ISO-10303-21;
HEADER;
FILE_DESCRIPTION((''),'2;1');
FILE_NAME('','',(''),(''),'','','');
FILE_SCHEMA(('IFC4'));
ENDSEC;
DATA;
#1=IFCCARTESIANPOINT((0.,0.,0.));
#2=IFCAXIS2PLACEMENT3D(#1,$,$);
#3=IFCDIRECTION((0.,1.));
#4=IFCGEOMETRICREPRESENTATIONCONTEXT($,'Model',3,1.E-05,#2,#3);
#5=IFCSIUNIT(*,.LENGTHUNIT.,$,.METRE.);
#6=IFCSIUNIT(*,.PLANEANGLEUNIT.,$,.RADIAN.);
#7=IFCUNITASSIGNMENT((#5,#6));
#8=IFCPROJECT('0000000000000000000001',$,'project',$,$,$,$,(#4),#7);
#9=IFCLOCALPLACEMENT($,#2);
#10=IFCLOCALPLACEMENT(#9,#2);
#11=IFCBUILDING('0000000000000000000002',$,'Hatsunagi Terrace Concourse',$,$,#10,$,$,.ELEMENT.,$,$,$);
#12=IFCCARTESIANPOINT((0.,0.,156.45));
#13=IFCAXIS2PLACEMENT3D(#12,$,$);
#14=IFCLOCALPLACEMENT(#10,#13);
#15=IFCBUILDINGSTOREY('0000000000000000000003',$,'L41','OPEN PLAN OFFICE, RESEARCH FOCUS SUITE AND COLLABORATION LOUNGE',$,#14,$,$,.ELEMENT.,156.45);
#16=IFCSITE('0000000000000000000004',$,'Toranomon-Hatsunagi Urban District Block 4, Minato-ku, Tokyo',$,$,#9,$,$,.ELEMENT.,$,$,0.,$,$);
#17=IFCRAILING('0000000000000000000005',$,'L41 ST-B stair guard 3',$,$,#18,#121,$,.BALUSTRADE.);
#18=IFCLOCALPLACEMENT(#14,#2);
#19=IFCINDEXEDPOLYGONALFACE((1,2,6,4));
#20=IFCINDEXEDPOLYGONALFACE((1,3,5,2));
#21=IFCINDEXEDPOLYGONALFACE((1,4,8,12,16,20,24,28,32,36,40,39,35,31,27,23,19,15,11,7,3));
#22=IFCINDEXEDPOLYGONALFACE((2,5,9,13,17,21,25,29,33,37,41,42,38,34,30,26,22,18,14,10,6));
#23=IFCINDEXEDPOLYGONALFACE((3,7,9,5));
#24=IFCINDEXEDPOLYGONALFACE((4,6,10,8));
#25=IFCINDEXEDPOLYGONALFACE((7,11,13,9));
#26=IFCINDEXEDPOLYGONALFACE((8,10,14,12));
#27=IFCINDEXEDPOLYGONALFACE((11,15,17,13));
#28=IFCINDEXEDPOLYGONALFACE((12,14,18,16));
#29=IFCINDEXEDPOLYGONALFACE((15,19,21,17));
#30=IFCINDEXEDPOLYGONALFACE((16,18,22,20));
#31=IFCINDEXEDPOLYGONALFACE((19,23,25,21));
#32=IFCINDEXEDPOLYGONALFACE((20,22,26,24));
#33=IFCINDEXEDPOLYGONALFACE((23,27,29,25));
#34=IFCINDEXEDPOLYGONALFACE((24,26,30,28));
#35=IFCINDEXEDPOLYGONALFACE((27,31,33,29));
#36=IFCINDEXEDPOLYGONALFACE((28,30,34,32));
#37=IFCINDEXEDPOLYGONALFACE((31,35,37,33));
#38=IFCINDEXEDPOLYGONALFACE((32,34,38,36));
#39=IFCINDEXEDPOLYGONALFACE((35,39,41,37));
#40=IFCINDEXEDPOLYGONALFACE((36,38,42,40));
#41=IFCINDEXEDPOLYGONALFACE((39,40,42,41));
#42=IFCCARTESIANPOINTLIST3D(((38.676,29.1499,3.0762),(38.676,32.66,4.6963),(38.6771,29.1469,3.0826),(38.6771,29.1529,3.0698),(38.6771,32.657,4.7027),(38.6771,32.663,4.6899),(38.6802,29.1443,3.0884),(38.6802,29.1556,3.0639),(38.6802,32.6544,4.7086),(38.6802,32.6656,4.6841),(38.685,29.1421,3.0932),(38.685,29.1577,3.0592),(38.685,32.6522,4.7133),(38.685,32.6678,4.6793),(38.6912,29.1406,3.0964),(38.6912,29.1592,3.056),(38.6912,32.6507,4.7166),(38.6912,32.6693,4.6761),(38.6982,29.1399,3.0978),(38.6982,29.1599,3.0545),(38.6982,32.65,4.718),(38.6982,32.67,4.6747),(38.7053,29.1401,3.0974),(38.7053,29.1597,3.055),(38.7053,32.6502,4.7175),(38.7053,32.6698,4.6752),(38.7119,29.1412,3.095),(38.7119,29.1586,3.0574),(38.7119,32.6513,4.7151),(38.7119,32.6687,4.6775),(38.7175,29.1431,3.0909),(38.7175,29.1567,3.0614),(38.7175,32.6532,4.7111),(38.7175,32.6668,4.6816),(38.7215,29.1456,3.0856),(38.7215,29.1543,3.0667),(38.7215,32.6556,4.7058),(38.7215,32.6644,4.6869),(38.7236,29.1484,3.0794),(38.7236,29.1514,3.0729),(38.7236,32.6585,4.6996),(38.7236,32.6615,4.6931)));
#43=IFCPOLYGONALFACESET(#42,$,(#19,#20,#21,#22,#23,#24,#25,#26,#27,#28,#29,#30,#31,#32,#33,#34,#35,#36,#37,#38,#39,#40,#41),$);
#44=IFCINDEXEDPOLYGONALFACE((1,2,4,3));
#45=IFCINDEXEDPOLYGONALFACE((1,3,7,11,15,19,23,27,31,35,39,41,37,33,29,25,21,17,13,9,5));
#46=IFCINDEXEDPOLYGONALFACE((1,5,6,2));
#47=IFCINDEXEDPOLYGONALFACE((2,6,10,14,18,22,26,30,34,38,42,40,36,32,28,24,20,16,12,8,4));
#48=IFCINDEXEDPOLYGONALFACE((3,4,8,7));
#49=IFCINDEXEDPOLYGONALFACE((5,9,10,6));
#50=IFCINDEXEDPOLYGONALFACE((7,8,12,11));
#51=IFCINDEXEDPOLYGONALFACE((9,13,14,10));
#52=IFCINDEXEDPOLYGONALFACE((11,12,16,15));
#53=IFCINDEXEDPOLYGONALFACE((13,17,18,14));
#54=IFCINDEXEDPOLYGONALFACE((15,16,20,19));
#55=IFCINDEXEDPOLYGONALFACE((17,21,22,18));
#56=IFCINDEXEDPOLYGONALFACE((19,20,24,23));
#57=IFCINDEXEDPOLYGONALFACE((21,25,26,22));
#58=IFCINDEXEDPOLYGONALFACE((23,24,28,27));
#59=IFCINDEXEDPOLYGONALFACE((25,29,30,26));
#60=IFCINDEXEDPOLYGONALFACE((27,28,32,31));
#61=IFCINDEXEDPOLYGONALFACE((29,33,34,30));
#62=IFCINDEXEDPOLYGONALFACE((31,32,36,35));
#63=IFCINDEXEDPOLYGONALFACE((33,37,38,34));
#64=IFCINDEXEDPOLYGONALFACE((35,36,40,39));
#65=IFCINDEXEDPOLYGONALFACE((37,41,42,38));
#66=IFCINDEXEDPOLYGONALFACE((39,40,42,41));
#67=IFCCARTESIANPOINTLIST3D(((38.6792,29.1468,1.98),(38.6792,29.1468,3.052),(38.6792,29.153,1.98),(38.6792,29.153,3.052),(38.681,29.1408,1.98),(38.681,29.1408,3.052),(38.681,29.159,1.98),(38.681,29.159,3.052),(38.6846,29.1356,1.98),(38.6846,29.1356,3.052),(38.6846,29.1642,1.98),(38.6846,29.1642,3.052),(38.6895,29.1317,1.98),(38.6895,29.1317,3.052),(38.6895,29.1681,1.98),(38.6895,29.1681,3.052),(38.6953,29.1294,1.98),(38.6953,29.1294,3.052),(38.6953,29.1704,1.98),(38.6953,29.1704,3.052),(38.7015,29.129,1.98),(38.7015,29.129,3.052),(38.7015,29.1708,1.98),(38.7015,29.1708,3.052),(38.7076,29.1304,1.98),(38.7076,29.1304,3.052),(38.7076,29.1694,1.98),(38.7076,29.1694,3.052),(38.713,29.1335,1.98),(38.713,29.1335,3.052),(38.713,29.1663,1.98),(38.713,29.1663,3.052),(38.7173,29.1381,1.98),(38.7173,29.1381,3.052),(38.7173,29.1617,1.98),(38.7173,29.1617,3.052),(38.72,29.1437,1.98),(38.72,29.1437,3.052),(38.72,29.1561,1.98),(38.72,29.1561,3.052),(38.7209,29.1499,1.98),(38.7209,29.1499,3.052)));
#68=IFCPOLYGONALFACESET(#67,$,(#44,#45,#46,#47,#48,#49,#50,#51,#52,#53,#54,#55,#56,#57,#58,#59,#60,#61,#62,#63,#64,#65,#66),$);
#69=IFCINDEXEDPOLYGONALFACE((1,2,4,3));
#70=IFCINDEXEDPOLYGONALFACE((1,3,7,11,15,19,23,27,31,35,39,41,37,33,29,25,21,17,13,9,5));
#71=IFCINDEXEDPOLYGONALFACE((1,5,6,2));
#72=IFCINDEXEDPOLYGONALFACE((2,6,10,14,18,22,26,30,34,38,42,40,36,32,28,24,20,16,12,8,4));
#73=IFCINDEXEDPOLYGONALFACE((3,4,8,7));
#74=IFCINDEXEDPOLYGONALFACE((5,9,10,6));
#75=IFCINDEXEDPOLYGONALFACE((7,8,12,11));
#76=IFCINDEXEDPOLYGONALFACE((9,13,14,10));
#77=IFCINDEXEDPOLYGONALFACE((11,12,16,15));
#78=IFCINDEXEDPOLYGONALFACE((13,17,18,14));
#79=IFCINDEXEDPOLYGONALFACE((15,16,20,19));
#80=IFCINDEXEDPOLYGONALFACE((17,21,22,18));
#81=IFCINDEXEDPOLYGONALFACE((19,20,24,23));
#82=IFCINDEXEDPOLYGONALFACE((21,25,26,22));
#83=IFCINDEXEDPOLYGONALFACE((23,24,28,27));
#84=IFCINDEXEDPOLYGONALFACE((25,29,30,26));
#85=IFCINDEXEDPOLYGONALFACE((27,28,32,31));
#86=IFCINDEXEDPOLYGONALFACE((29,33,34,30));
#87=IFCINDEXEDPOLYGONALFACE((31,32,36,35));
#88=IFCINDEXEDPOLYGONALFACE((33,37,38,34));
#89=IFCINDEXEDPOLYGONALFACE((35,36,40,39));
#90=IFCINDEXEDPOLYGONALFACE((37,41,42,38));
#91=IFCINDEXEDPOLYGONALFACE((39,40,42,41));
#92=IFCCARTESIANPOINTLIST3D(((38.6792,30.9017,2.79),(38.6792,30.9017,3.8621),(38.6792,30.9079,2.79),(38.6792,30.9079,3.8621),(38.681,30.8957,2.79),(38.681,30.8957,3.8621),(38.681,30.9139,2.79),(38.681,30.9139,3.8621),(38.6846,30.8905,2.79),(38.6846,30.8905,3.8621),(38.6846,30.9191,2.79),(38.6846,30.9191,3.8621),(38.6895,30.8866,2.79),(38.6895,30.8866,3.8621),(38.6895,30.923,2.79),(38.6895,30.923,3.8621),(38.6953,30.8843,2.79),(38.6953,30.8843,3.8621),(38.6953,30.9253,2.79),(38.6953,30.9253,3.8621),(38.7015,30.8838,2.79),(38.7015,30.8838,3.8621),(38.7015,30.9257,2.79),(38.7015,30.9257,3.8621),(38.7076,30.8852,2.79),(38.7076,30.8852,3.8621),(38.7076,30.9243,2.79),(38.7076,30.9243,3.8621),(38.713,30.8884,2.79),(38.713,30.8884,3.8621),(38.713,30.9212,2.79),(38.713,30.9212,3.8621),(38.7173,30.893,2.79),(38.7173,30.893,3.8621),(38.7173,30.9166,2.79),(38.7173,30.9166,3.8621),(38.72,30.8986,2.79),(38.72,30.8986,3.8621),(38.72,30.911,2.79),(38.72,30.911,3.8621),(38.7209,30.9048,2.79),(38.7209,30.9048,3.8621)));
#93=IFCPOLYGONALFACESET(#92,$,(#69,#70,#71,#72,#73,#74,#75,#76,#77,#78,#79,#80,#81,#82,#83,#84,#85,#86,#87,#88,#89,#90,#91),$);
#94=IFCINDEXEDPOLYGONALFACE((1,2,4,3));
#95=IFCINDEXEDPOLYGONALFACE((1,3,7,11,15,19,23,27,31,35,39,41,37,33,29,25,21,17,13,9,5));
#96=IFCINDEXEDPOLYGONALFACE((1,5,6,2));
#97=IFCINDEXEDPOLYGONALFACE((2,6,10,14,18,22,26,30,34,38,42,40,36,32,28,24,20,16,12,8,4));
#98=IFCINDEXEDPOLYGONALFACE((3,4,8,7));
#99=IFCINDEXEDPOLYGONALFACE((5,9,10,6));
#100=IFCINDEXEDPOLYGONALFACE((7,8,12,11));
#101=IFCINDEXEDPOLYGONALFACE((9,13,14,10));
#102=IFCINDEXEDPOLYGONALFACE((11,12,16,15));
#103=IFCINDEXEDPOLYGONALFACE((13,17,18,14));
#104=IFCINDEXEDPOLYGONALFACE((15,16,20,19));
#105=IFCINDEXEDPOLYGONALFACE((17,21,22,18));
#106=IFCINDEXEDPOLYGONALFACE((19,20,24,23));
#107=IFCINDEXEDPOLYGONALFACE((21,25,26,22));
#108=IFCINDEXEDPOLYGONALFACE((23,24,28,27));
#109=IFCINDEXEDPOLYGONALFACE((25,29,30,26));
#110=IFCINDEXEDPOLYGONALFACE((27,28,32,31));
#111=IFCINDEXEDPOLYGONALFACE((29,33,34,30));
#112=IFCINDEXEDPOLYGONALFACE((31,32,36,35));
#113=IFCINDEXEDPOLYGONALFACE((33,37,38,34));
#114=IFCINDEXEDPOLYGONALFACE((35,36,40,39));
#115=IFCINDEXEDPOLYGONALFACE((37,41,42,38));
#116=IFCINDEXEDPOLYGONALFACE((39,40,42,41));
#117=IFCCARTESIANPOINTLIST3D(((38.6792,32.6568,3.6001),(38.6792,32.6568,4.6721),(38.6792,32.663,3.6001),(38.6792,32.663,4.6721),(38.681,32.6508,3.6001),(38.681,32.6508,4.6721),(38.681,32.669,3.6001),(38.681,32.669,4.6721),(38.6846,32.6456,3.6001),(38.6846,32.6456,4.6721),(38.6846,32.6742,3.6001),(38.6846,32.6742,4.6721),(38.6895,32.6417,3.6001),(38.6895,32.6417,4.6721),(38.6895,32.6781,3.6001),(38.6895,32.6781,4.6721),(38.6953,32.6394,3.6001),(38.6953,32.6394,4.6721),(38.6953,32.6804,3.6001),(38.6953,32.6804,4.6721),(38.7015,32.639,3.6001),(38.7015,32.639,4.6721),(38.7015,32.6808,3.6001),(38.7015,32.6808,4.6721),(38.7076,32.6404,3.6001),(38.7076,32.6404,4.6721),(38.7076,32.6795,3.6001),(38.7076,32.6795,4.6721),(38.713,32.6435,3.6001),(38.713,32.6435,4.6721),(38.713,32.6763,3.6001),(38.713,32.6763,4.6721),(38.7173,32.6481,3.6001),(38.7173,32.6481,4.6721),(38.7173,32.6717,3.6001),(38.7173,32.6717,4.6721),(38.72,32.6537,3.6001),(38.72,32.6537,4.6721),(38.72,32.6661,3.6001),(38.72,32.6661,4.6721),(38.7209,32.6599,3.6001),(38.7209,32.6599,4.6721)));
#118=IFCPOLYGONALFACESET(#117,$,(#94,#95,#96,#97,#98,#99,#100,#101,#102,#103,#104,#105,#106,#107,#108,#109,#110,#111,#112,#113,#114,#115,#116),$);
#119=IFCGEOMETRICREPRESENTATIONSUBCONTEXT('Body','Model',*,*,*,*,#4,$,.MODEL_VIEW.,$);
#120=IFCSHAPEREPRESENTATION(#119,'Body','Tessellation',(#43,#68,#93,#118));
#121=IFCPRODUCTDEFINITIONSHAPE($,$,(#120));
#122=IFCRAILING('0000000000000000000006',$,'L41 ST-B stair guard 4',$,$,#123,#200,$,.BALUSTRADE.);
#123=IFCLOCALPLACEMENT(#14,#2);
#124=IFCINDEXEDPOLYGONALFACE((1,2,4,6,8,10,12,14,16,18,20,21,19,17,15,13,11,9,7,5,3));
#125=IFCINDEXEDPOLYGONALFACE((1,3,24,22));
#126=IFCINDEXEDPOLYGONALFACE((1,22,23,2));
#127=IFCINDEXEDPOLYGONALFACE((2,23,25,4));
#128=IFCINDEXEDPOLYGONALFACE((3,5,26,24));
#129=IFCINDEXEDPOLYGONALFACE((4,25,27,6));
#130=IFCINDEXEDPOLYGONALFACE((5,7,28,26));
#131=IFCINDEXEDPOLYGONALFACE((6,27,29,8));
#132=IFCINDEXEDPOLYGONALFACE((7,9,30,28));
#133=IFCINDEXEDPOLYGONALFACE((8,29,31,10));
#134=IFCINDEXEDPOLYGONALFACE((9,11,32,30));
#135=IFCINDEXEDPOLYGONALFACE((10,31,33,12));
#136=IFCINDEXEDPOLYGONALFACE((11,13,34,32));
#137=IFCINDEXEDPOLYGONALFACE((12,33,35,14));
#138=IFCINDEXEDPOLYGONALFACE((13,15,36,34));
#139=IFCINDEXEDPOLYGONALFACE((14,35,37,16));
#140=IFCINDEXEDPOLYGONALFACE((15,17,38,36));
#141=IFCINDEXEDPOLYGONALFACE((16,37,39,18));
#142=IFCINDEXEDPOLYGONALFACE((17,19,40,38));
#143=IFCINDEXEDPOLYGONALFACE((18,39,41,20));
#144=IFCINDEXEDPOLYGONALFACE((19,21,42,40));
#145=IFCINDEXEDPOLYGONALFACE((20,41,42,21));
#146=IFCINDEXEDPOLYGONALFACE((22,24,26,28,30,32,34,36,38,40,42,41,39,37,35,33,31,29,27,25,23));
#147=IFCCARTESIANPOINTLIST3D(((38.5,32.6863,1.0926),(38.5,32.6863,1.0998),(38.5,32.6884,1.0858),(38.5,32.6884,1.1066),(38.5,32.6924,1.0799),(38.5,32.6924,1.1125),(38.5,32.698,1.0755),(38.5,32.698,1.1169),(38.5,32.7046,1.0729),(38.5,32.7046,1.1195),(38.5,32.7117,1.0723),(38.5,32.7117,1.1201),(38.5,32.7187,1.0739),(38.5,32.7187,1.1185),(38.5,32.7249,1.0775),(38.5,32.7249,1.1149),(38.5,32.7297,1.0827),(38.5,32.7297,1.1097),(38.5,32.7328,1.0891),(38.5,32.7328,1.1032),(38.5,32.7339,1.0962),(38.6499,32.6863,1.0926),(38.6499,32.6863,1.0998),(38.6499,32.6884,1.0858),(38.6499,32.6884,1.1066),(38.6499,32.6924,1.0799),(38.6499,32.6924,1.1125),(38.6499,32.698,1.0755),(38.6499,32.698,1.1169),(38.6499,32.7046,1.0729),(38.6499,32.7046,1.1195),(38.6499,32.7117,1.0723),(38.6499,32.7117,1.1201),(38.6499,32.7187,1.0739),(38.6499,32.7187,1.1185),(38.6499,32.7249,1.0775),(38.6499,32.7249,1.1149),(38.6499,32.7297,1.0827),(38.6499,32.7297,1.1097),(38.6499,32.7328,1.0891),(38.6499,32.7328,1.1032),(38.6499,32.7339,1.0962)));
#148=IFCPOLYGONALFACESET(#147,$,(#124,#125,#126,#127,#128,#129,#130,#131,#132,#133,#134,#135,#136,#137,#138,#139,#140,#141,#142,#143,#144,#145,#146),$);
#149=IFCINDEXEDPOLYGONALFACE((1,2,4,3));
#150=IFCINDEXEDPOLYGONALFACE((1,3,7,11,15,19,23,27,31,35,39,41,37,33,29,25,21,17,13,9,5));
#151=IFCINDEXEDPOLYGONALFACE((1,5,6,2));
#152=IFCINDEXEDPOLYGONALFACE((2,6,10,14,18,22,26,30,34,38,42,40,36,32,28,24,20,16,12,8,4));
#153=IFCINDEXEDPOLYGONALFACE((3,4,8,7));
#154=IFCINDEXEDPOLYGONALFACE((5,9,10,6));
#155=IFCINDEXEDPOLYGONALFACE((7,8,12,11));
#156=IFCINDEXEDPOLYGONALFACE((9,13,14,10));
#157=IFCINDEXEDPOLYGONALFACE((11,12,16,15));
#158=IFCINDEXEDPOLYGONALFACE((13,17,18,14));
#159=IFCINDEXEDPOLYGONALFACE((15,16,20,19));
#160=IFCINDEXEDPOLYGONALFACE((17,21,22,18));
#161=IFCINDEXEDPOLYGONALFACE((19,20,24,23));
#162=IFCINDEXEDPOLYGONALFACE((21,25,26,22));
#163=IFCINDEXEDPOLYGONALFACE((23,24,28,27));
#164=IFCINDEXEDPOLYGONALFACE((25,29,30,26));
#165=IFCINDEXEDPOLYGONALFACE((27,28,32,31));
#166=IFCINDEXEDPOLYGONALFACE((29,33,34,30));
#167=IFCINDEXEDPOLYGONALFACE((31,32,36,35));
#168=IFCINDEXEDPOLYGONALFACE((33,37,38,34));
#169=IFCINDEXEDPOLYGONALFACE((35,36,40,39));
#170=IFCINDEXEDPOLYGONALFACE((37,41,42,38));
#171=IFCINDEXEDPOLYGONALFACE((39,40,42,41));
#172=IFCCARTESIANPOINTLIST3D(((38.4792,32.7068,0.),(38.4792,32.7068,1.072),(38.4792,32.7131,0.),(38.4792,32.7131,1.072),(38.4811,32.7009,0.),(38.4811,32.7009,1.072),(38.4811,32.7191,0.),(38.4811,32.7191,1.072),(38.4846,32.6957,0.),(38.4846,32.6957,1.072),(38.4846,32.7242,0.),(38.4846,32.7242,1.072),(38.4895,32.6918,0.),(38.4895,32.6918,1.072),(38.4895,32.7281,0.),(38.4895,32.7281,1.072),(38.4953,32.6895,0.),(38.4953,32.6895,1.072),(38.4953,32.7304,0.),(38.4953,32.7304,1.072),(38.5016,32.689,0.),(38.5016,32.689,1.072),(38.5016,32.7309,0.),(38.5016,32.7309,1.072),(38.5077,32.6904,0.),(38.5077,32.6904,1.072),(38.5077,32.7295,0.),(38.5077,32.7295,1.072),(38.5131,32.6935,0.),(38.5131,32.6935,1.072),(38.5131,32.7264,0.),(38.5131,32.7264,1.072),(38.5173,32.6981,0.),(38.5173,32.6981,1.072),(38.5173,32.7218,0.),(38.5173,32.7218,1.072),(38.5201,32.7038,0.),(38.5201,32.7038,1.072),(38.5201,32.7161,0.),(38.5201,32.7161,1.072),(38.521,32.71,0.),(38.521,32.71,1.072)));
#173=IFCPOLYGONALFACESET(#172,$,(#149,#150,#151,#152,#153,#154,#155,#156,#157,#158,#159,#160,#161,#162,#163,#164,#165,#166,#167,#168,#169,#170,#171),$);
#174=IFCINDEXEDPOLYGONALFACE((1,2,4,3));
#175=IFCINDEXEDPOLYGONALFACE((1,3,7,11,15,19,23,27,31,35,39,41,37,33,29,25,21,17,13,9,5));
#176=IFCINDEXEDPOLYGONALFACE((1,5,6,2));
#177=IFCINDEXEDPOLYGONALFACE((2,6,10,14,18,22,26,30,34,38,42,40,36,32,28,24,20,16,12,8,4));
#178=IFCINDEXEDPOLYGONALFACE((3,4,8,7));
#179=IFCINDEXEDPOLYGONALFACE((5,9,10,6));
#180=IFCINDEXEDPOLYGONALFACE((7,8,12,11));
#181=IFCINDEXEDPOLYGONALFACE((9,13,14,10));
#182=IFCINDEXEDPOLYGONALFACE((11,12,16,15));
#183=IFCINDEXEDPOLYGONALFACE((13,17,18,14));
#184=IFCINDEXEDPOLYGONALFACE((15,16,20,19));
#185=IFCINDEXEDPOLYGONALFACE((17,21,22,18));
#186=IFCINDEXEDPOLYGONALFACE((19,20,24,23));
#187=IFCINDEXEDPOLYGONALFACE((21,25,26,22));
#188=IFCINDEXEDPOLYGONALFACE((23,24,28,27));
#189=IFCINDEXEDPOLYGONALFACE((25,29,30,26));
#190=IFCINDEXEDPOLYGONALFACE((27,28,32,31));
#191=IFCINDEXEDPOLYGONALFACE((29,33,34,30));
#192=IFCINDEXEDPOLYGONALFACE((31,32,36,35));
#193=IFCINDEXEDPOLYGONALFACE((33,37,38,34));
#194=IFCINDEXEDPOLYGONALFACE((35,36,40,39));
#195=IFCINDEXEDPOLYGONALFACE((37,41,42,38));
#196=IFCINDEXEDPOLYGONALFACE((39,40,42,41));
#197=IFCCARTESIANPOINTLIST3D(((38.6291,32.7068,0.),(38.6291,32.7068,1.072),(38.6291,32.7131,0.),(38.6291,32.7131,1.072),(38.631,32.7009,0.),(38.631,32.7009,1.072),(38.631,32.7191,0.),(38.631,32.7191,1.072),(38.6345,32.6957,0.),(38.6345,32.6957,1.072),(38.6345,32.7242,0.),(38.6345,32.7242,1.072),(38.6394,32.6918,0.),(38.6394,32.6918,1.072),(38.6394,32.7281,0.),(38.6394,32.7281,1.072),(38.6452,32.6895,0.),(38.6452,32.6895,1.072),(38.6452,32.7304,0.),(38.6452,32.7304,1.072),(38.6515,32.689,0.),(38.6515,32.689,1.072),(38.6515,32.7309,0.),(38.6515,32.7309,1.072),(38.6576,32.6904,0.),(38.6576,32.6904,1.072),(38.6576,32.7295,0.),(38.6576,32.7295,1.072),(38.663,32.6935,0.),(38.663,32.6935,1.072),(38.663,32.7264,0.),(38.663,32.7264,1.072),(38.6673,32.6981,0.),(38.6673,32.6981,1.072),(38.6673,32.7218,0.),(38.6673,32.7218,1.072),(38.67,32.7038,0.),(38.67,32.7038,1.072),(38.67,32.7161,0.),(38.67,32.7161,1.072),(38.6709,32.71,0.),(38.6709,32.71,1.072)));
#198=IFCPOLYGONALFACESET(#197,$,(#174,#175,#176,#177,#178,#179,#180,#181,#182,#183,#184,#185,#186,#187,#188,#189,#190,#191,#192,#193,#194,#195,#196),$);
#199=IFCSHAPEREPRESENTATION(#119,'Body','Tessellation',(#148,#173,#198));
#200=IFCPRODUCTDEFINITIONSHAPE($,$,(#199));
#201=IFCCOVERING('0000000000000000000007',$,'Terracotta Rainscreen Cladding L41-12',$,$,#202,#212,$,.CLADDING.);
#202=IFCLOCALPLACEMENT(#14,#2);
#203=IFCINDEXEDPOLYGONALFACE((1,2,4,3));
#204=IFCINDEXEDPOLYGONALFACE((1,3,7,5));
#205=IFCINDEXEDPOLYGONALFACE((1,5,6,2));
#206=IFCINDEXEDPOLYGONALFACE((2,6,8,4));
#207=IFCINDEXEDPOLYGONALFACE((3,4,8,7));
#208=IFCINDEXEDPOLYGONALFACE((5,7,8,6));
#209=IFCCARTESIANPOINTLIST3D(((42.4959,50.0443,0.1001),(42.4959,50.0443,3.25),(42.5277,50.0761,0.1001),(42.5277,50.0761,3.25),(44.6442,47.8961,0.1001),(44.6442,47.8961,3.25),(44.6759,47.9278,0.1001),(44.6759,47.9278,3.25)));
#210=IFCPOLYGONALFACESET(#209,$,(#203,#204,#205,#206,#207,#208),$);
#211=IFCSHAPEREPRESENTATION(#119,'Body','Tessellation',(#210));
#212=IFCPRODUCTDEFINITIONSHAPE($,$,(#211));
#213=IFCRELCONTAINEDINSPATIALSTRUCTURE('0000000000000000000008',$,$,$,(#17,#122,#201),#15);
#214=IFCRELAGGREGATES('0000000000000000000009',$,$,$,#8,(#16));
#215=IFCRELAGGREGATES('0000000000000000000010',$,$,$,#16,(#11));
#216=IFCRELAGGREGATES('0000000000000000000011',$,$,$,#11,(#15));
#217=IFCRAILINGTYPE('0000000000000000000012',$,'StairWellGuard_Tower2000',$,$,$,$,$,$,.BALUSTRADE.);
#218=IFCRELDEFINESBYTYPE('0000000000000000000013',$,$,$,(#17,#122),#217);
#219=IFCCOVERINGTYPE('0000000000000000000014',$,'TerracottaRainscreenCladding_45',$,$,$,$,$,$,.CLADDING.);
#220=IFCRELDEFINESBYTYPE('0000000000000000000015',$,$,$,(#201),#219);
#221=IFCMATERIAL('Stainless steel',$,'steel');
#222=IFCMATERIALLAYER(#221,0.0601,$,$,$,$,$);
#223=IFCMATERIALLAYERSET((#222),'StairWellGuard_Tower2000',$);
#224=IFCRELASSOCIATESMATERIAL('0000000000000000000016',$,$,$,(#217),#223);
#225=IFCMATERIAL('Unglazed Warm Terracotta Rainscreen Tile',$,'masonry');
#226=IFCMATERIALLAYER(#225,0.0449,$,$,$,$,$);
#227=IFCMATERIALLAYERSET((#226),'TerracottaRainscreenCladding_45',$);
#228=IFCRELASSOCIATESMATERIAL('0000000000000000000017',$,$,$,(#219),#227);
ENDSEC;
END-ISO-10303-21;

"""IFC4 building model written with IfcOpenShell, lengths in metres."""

from ifc_helpers import new_model, si_unit, direction, frame, origin, origin_2d, place, context, subcontext, project, spatial, rectangle, circle, extrude, material, layer, layer_set, type_object, element, save


model = new_model("IFC4")

# Units and contexts
model_context = context("Model", 3, precision=1e-05, world=origin(), true_north=direction((0.0, 1.0)))
body_context = subcontext(model_context, "Body", "Model", "MODEL_VIEW")
ifc_project = project(units=[si_unit("LENGTHUNIT", "METRE"), si_unit("PLANEANGLEUNIT", "RADIAN")], contexts=[model_context])

# Site, building, storey
site_placement = place(None, origin())
site = spatial("IfcSite", under=ifc_project, at=site_placement, Name="Toranomon-Hatsunagi Urban District Block 4, Minato-ku, Tokyo", CompositionType="ELEMENT", RefElevation=0.0)
building_placement = place(site_placement, origin())
building = spatial("IfcBuilding", under=site, at=building_placement, Name="Hatsunagi Terrace Concourse", CompositionType="ELEMENT")
storey_placement = place(building_placement, frame((0.0, 0.0, 156.45)))
storey = spatial("IfcBuildingStorey", under=building, at=storey_placement, Name="L41", Description="OPEN PLAN OFFICE, RESEARCH FOCUS SUITE AND COLLABORATION LOUNGE", CompositionType="ELEMENT", Elevation=156.45)

# Railings
ifc_material_1 = material(Name="Stainless steel", Category="steel")
ifc_layer_1 = layer(ifc_material_1, 0.0601)
ifc_layer_set_1 = layer_set([ifc_layer_1], Name="StairWellGuard_Tower2000")
railing_type_1 = type_object("IfcRailingType", Name="StairWellGuard_Tower2000", PredefinedType="BALUSTRADE", material=ifc_layer_set_1)
railing_1_placement = place(storey_placement, frame((38.7, 29.1499, 1.98)))
element("IfcRailing", 1, at=railing_1_placement, inside=storey, type_object=railing_type_1, Name="L41 ST-B stair guard 3", PredefinedType="BALUSTRADE", context=body_context, shape_type="SweptSolid", body=[
    extrude(circle(Radius=0.0239, at=origin_2d()), frame((0.0, 0.0, 1.0962), z_axis=(0.0, 0.907948, 0.419082), x_axis=(-1.0, 0.0, 0.0)), (0.0, 0.0, 1.0), 3.866),
    extrude(circle(Radius=0.021, at=origin_2d()), origin(), (0.0, 0.0, 1.0), 1.072),
    extrude(circle(Radius=0.021, at=origin_2d()), frame((0.0, 1.7549, 0.8101)), (0.0, 0.0, 1.0), 1.072),
    extrude(circle(Radius=0.021, at=origin_2d()), frame((0.0, 3.51, 1.6201)), (0.0, 0.0, 1.0), 1.072),
])
railing_2_placement = place(storey_placement, frame((38.5, 32.71, 0.0)))
element("IfcRailing", 2, at=railing_2_placement, inside=storey, type_object=railing_type_1, Name="L41 ST-B stair guard 4", PredefinedType="BALUSTRADE", context=body_context, shape_type="SweptSolid", body=[
    extrude(circle(Radius=0.0239, at=origin_2d()), frame((0.0, 0.0, 1.0962), z_axis=(1.0, 0.0, 0.0), x_axis=(0.0, 1.0, 0.0)), (0.0, 0.0, 1.0), 0.1499),
    extrude(circle(Radius=0.021, at=origin_2d()), origin(), (0.0, 0.0, 1.0), 1.072),
    extrude(circle(Radius=0.021, at=origin_2d()), frame((0.1499, 0.0, 0.0)), (0.0, 0.0, 1.0), 1.072),
])

# Covering
ifc_material_2 = material(Name="Unglazed Warm Terracotta Rainscreen Tile", Category="masonry")
ifc_layer_2 = layer(ifc_material_2, 0.0449)
ifc_layer_set_2 = layer_set([ifc_layer_2], Name="TerracottaRainscreenCladding_45")
covering_type = type_object("IfcCoveringType", Name="TerracottaRainscreenCladding_45", PredefinedType="CLADDING", material=ifc_layer_set_2)
covering_placement = place(storey_placement, frame((43.5859, 48.9861, 0.1001), z_axis=(0.0, 0.0, 1.0), x_axis=(0.707107, -0.707107, 0.0)))
element("IfcCovering", 3, at=covering_placement, inside=storey, type_object=covering_type, Name="Terracotta Rainscreen Cladding L41-12", PredefinedType="CLADDING", context=body_context, shape_type="SweptSolid", body=[
    extrude(rectangle(XDim=3.0381, YDim=0.0449, at=origin_2d()), origin(), (0.0, 0.0, 1.0), 3.1499),
])

save(model, "model.ifc")
